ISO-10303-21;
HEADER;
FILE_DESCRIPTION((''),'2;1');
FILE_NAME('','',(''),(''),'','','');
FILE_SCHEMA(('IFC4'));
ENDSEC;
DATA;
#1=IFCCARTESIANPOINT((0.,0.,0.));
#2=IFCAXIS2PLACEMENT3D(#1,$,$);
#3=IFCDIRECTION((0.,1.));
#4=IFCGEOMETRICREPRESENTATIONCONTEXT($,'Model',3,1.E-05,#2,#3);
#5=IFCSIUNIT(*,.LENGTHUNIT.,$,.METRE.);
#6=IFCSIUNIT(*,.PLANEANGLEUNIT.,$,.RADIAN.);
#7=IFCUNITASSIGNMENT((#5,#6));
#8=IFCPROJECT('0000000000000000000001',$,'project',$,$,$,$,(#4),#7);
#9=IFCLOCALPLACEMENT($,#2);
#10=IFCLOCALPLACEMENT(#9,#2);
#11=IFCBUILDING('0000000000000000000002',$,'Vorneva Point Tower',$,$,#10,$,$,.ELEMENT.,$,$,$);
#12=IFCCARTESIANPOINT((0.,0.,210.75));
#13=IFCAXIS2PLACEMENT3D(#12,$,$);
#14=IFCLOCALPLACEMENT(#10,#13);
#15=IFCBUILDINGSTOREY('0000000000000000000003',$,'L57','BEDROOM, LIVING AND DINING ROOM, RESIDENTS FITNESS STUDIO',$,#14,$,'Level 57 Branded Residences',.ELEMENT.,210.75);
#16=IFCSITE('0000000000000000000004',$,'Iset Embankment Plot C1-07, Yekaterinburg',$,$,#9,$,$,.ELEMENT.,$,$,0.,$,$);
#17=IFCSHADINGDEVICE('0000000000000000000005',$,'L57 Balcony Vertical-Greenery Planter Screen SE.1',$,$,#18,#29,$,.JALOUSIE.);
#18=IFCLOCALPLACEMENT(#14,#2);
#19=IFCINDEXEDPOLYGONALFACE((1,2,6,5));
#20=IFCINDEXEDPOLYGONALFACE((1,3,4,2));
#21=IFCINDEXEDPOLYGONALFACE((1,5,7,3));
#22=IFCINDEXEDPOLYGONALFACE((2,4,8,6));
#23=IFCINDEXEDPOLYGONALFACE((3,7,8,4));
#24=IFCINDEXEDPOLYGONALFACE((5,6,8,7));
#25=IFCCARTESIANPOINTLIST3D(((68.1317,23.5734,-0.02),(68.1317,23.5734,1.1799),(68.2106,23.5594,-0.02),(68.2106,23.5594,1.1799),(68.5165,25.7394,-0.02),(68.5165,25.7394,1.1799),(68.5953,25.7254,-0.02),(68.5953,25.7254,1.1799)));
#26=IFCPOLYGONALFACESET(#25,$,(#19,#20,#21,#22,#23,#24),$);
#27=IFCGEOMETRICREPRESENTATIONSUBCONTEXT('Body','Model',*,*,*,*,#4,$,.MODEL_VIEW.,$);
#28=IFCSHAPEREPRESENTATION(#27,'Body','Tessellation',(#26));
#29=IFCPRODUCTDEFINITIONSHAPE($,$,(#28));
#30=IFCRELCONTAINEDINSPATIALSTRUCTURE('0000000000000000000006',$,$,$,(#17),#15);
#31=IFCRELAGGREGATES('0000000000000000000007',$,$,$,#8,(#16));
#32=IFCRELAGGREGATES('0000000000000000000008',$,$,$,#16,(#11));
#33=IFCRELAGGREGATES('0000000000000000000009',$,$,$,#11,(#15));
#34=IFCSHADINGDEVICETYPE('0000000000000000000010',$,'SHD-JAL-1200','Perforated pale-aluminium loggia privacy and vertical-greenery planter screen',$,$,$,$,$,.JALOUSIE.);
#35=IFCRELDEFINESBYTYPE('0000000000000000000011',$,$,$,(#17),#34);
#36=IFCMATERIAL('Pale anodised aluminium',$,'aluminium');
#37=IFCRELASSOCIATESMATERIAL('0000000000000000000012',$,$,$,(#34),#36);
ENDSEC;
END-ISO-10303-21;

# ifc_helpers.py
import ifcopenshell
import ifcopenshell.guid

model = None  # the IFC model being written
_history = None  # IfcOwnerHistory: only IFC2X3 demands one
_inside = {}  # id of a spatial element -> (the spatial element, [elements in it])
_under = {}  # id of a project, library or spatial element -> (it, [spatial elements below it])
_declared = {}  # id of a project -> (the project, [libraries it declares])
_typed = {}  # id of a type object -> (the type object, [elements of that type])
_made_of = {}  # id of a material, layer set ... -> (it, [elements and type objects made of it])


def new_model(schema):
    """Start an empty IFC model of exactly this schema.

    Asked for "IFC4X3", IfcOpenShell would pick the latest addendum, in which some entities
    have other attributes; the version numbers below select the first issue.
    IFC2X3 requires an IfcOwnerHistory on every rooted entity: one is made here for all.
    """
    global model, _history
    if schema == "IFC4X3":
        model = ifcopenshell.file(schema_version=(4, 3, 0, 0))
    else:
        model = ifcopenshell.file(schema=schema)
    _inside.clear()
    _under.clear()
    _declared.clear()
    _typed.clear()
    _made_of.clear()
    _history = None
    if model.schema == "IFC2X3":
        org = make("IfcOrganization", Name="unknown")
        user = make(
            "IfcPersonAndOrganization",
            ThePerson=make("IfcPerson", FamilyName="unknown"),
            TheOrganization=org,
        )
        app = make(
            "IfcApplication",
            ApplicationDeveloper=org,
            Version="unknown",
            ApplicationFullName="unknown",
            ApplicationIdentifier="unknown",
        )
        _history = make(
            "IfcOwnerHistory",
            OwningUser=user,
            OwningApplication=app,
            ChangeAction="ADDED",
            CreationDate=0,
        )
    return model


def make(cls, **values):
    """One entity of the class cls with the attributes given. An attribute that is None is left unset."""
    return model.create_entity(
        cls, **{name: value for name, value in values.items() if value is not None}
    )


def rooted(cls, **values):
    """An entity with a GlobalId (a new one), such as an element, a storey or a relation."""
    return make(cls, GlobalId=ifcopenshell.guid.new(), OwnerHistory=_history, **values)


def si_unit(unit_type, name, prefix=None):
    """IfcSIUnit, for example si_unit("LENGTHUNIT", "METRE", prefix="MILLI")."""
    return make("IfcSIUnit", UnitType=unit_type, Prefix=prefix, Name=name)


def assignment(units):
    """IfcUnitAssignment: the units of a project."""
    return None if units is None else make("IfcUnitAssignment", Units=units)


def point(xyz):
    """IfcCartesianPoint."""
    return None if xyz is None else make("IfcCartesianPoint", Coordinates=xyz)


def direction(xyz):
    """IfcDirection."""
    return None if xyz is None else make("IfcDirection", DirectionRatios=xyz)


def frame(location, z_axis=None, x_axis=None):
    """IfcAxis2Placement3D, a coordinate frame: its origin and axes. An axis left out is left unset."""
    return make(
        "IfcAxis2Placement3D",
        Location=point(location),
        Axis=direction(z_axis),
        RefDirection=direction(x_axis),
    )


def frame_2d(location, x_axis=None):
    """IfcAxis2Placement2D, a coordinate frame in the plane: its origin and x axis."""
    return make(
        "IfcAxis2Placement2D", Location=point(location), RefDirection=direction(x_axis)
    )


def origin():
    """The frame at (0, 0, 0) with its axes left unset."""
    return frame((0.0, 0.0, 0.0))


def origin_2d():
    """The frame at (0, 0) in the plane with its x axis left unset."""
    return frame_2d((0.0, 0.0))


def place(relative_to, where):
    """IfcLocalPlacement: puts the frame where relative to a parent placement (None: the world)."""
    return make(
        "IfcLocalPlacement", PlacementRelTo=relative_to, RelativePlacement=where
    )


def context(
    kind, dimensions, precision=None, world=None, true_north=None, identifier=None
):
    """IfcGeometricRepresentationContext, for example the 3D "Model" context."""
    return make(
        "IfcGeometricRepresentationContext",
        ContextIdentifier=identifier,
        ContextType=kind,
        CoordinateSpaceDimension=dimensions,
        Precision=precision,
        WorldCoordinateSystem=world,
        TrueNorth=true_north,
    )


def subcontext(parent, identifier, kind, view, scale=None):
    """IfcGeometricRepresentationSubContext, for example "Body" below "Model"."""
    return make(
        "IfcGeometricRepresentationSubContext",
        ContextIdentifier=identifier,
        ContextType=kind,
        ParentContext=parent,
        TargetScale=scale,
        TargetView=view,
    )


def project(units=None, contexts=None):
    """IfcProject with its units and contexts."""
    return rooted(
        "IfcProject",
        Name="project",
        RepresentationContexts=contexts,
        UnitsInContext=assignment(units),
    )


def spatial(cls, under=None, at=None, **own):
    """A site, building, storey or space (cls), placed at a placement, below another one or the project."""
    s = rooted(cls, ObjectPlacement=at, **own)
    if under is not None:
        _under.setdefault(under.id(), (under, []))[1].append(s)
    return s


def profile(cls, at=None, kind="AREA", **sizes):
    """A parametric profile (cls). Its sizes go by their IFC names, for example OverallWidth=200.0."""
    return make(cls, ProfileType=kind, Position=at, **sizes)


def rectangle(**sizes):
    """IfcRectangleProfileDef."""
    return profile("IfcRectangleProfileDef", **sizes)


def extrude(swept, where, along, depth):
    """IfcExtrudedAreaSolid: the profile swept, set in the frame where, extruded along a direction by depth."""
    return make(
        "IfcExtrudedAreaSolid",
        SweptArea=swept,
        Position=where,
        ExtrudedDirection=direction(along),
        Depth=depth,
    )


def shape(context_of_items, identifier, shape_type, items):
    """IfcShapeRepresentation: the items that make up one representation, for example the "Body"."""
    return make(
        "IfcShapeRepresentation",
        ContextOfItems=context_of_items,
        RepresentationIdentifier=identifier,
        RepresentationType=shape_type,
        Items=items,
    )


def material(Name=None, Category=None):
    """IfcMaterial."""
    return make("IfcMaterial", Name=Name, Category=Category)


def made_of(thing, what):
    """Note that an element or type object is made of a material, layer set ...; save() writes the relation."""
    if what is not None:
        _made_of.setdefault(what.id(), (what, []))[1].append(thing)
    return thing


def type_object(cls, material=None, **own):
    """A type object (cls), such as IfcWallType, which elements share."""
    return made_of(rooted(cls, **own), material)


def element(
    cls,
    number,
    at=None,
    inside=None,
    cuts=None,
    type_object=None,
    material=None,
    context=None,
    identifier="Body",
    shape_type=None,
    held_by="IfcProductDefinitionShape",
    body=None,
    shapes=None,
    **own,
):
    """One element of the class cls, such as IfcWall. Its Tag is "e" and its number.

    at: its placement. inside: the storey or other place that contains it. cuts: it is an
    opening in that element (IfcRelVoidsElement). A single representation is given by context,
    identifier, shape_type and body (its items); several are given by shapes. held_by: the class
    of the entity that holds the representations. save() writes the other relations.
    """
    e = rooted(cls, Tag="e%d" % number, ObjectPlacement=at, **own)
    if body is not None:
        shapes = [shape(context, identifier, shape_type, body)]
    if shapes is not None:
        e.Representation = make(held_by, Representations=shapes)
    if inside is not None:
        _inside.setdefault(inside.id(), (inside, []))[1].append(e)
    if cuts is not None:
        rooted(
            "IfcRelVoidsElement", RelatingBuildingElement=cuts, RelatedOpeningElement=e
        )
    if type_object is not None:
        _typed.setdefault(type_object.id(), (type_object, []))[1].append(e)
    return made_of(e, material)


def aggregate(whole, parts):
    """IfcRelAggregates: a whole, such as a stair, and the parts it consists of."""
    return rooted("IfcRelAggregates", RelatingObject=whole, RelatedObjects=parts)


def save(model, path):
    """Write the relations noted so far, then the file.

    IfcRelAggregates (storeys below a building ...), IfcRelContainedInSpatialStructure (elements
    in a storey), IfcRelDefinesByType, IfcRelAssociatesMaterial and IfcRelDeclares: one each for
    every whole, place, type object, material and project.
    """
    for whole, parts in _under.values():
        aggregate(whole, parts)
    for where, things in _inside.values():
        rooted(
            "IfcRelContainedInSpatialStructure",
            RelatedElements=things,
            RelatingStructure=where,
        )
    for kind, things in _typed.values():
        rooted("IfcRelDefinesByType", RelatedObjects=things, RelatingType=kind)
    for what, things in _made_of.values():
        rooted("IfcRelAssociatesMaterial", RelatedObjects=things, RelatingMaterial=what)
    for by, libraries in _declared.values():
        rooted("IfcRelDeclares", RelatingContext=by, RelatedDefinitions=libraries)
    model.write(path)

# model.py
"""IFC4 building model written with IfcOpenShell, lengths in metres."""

from ifc_helpers import new_model, si_unit, direction, frame, origin, origin_2d, place, context, subcontext, project, spatial, rectangle, extrude, material, type_object, element, save


model = new_model("IFC4")

# Units and contexts
model_context = context("Model", 3, precision=1e-05, world=origin(), true_north=direction((0.0, 1.0)))
body_context = subcontext(model_context, "Body", "Model", "MODEL_VIEW")
ifc_project = project(units=[si_unit("LENGTHUNIT", "METRE"), si_unit("PLANEANGLEUNIT", "RADIAN")], contexts=[model_context])

# Site, building, storey
site_placement = place(None, origin())
site = spatial("IfcSite", under=ifc_project, at=site_placement, Name="Iset Embankment Plot C1-07, Yekaterinburg", CompositionType="ELEMENT", RefElevation=0.0)
building_placement = place(site_placement, origin())
building = spatial("IfcBuilding", under=site, at=building_placement, Name="Vorneva Point Tower", CompositionType="ELEMENT")
storey_placement = place(building_placement, frame((0.0, 0.0, 210.75)))
storey = spatial("IfcBuildingStorey", under=building, at=storey_placement, Name="L57", Description="BEDROOM, LIVING AND DINING ROOM, RESIDENTS FITNESS STUDIO", LongName="Level 57 Branded Residences", CompositionType="ELEMENT", Elevation=210.75)

# Shared definitions
ifc_material_1 = material(Name="Pale anodised aluminium", Category="aluminium")

# Shading device
shading_device_type = type_object("IfcShadingDeviceType", Name="SHD-JAL-1200", Description="Perforated pale-aluminium loggia privacy and vertical-greenery planter screen", PredefinedType="JALOUSIE", material=ifc_material_1)
shading_device_placement = place(storey_placement, frame((68.3635, 24.6494, -0.02), z_axis=(0.0, 0.0, 1.0), x_axis=(0.174886, 0.984589, 0.0)))
element("IfcShadingDevice", 1, at=shading_device_placement, inside=storey, type_object=shading_device_type, Name="L57 Balcony Vertical-Greenery Planter Screen SE.1", PredefinedType="JALOUSIE", context=body_context, shape_type="SweptSolid", body=[
    extrude(rectangle(XDim=2.2, YDim=0.0801, at=origin_2d()), origin(), (0.0, 0.0, 1.0), 1.2),
])

save(model, "model.ifc")
